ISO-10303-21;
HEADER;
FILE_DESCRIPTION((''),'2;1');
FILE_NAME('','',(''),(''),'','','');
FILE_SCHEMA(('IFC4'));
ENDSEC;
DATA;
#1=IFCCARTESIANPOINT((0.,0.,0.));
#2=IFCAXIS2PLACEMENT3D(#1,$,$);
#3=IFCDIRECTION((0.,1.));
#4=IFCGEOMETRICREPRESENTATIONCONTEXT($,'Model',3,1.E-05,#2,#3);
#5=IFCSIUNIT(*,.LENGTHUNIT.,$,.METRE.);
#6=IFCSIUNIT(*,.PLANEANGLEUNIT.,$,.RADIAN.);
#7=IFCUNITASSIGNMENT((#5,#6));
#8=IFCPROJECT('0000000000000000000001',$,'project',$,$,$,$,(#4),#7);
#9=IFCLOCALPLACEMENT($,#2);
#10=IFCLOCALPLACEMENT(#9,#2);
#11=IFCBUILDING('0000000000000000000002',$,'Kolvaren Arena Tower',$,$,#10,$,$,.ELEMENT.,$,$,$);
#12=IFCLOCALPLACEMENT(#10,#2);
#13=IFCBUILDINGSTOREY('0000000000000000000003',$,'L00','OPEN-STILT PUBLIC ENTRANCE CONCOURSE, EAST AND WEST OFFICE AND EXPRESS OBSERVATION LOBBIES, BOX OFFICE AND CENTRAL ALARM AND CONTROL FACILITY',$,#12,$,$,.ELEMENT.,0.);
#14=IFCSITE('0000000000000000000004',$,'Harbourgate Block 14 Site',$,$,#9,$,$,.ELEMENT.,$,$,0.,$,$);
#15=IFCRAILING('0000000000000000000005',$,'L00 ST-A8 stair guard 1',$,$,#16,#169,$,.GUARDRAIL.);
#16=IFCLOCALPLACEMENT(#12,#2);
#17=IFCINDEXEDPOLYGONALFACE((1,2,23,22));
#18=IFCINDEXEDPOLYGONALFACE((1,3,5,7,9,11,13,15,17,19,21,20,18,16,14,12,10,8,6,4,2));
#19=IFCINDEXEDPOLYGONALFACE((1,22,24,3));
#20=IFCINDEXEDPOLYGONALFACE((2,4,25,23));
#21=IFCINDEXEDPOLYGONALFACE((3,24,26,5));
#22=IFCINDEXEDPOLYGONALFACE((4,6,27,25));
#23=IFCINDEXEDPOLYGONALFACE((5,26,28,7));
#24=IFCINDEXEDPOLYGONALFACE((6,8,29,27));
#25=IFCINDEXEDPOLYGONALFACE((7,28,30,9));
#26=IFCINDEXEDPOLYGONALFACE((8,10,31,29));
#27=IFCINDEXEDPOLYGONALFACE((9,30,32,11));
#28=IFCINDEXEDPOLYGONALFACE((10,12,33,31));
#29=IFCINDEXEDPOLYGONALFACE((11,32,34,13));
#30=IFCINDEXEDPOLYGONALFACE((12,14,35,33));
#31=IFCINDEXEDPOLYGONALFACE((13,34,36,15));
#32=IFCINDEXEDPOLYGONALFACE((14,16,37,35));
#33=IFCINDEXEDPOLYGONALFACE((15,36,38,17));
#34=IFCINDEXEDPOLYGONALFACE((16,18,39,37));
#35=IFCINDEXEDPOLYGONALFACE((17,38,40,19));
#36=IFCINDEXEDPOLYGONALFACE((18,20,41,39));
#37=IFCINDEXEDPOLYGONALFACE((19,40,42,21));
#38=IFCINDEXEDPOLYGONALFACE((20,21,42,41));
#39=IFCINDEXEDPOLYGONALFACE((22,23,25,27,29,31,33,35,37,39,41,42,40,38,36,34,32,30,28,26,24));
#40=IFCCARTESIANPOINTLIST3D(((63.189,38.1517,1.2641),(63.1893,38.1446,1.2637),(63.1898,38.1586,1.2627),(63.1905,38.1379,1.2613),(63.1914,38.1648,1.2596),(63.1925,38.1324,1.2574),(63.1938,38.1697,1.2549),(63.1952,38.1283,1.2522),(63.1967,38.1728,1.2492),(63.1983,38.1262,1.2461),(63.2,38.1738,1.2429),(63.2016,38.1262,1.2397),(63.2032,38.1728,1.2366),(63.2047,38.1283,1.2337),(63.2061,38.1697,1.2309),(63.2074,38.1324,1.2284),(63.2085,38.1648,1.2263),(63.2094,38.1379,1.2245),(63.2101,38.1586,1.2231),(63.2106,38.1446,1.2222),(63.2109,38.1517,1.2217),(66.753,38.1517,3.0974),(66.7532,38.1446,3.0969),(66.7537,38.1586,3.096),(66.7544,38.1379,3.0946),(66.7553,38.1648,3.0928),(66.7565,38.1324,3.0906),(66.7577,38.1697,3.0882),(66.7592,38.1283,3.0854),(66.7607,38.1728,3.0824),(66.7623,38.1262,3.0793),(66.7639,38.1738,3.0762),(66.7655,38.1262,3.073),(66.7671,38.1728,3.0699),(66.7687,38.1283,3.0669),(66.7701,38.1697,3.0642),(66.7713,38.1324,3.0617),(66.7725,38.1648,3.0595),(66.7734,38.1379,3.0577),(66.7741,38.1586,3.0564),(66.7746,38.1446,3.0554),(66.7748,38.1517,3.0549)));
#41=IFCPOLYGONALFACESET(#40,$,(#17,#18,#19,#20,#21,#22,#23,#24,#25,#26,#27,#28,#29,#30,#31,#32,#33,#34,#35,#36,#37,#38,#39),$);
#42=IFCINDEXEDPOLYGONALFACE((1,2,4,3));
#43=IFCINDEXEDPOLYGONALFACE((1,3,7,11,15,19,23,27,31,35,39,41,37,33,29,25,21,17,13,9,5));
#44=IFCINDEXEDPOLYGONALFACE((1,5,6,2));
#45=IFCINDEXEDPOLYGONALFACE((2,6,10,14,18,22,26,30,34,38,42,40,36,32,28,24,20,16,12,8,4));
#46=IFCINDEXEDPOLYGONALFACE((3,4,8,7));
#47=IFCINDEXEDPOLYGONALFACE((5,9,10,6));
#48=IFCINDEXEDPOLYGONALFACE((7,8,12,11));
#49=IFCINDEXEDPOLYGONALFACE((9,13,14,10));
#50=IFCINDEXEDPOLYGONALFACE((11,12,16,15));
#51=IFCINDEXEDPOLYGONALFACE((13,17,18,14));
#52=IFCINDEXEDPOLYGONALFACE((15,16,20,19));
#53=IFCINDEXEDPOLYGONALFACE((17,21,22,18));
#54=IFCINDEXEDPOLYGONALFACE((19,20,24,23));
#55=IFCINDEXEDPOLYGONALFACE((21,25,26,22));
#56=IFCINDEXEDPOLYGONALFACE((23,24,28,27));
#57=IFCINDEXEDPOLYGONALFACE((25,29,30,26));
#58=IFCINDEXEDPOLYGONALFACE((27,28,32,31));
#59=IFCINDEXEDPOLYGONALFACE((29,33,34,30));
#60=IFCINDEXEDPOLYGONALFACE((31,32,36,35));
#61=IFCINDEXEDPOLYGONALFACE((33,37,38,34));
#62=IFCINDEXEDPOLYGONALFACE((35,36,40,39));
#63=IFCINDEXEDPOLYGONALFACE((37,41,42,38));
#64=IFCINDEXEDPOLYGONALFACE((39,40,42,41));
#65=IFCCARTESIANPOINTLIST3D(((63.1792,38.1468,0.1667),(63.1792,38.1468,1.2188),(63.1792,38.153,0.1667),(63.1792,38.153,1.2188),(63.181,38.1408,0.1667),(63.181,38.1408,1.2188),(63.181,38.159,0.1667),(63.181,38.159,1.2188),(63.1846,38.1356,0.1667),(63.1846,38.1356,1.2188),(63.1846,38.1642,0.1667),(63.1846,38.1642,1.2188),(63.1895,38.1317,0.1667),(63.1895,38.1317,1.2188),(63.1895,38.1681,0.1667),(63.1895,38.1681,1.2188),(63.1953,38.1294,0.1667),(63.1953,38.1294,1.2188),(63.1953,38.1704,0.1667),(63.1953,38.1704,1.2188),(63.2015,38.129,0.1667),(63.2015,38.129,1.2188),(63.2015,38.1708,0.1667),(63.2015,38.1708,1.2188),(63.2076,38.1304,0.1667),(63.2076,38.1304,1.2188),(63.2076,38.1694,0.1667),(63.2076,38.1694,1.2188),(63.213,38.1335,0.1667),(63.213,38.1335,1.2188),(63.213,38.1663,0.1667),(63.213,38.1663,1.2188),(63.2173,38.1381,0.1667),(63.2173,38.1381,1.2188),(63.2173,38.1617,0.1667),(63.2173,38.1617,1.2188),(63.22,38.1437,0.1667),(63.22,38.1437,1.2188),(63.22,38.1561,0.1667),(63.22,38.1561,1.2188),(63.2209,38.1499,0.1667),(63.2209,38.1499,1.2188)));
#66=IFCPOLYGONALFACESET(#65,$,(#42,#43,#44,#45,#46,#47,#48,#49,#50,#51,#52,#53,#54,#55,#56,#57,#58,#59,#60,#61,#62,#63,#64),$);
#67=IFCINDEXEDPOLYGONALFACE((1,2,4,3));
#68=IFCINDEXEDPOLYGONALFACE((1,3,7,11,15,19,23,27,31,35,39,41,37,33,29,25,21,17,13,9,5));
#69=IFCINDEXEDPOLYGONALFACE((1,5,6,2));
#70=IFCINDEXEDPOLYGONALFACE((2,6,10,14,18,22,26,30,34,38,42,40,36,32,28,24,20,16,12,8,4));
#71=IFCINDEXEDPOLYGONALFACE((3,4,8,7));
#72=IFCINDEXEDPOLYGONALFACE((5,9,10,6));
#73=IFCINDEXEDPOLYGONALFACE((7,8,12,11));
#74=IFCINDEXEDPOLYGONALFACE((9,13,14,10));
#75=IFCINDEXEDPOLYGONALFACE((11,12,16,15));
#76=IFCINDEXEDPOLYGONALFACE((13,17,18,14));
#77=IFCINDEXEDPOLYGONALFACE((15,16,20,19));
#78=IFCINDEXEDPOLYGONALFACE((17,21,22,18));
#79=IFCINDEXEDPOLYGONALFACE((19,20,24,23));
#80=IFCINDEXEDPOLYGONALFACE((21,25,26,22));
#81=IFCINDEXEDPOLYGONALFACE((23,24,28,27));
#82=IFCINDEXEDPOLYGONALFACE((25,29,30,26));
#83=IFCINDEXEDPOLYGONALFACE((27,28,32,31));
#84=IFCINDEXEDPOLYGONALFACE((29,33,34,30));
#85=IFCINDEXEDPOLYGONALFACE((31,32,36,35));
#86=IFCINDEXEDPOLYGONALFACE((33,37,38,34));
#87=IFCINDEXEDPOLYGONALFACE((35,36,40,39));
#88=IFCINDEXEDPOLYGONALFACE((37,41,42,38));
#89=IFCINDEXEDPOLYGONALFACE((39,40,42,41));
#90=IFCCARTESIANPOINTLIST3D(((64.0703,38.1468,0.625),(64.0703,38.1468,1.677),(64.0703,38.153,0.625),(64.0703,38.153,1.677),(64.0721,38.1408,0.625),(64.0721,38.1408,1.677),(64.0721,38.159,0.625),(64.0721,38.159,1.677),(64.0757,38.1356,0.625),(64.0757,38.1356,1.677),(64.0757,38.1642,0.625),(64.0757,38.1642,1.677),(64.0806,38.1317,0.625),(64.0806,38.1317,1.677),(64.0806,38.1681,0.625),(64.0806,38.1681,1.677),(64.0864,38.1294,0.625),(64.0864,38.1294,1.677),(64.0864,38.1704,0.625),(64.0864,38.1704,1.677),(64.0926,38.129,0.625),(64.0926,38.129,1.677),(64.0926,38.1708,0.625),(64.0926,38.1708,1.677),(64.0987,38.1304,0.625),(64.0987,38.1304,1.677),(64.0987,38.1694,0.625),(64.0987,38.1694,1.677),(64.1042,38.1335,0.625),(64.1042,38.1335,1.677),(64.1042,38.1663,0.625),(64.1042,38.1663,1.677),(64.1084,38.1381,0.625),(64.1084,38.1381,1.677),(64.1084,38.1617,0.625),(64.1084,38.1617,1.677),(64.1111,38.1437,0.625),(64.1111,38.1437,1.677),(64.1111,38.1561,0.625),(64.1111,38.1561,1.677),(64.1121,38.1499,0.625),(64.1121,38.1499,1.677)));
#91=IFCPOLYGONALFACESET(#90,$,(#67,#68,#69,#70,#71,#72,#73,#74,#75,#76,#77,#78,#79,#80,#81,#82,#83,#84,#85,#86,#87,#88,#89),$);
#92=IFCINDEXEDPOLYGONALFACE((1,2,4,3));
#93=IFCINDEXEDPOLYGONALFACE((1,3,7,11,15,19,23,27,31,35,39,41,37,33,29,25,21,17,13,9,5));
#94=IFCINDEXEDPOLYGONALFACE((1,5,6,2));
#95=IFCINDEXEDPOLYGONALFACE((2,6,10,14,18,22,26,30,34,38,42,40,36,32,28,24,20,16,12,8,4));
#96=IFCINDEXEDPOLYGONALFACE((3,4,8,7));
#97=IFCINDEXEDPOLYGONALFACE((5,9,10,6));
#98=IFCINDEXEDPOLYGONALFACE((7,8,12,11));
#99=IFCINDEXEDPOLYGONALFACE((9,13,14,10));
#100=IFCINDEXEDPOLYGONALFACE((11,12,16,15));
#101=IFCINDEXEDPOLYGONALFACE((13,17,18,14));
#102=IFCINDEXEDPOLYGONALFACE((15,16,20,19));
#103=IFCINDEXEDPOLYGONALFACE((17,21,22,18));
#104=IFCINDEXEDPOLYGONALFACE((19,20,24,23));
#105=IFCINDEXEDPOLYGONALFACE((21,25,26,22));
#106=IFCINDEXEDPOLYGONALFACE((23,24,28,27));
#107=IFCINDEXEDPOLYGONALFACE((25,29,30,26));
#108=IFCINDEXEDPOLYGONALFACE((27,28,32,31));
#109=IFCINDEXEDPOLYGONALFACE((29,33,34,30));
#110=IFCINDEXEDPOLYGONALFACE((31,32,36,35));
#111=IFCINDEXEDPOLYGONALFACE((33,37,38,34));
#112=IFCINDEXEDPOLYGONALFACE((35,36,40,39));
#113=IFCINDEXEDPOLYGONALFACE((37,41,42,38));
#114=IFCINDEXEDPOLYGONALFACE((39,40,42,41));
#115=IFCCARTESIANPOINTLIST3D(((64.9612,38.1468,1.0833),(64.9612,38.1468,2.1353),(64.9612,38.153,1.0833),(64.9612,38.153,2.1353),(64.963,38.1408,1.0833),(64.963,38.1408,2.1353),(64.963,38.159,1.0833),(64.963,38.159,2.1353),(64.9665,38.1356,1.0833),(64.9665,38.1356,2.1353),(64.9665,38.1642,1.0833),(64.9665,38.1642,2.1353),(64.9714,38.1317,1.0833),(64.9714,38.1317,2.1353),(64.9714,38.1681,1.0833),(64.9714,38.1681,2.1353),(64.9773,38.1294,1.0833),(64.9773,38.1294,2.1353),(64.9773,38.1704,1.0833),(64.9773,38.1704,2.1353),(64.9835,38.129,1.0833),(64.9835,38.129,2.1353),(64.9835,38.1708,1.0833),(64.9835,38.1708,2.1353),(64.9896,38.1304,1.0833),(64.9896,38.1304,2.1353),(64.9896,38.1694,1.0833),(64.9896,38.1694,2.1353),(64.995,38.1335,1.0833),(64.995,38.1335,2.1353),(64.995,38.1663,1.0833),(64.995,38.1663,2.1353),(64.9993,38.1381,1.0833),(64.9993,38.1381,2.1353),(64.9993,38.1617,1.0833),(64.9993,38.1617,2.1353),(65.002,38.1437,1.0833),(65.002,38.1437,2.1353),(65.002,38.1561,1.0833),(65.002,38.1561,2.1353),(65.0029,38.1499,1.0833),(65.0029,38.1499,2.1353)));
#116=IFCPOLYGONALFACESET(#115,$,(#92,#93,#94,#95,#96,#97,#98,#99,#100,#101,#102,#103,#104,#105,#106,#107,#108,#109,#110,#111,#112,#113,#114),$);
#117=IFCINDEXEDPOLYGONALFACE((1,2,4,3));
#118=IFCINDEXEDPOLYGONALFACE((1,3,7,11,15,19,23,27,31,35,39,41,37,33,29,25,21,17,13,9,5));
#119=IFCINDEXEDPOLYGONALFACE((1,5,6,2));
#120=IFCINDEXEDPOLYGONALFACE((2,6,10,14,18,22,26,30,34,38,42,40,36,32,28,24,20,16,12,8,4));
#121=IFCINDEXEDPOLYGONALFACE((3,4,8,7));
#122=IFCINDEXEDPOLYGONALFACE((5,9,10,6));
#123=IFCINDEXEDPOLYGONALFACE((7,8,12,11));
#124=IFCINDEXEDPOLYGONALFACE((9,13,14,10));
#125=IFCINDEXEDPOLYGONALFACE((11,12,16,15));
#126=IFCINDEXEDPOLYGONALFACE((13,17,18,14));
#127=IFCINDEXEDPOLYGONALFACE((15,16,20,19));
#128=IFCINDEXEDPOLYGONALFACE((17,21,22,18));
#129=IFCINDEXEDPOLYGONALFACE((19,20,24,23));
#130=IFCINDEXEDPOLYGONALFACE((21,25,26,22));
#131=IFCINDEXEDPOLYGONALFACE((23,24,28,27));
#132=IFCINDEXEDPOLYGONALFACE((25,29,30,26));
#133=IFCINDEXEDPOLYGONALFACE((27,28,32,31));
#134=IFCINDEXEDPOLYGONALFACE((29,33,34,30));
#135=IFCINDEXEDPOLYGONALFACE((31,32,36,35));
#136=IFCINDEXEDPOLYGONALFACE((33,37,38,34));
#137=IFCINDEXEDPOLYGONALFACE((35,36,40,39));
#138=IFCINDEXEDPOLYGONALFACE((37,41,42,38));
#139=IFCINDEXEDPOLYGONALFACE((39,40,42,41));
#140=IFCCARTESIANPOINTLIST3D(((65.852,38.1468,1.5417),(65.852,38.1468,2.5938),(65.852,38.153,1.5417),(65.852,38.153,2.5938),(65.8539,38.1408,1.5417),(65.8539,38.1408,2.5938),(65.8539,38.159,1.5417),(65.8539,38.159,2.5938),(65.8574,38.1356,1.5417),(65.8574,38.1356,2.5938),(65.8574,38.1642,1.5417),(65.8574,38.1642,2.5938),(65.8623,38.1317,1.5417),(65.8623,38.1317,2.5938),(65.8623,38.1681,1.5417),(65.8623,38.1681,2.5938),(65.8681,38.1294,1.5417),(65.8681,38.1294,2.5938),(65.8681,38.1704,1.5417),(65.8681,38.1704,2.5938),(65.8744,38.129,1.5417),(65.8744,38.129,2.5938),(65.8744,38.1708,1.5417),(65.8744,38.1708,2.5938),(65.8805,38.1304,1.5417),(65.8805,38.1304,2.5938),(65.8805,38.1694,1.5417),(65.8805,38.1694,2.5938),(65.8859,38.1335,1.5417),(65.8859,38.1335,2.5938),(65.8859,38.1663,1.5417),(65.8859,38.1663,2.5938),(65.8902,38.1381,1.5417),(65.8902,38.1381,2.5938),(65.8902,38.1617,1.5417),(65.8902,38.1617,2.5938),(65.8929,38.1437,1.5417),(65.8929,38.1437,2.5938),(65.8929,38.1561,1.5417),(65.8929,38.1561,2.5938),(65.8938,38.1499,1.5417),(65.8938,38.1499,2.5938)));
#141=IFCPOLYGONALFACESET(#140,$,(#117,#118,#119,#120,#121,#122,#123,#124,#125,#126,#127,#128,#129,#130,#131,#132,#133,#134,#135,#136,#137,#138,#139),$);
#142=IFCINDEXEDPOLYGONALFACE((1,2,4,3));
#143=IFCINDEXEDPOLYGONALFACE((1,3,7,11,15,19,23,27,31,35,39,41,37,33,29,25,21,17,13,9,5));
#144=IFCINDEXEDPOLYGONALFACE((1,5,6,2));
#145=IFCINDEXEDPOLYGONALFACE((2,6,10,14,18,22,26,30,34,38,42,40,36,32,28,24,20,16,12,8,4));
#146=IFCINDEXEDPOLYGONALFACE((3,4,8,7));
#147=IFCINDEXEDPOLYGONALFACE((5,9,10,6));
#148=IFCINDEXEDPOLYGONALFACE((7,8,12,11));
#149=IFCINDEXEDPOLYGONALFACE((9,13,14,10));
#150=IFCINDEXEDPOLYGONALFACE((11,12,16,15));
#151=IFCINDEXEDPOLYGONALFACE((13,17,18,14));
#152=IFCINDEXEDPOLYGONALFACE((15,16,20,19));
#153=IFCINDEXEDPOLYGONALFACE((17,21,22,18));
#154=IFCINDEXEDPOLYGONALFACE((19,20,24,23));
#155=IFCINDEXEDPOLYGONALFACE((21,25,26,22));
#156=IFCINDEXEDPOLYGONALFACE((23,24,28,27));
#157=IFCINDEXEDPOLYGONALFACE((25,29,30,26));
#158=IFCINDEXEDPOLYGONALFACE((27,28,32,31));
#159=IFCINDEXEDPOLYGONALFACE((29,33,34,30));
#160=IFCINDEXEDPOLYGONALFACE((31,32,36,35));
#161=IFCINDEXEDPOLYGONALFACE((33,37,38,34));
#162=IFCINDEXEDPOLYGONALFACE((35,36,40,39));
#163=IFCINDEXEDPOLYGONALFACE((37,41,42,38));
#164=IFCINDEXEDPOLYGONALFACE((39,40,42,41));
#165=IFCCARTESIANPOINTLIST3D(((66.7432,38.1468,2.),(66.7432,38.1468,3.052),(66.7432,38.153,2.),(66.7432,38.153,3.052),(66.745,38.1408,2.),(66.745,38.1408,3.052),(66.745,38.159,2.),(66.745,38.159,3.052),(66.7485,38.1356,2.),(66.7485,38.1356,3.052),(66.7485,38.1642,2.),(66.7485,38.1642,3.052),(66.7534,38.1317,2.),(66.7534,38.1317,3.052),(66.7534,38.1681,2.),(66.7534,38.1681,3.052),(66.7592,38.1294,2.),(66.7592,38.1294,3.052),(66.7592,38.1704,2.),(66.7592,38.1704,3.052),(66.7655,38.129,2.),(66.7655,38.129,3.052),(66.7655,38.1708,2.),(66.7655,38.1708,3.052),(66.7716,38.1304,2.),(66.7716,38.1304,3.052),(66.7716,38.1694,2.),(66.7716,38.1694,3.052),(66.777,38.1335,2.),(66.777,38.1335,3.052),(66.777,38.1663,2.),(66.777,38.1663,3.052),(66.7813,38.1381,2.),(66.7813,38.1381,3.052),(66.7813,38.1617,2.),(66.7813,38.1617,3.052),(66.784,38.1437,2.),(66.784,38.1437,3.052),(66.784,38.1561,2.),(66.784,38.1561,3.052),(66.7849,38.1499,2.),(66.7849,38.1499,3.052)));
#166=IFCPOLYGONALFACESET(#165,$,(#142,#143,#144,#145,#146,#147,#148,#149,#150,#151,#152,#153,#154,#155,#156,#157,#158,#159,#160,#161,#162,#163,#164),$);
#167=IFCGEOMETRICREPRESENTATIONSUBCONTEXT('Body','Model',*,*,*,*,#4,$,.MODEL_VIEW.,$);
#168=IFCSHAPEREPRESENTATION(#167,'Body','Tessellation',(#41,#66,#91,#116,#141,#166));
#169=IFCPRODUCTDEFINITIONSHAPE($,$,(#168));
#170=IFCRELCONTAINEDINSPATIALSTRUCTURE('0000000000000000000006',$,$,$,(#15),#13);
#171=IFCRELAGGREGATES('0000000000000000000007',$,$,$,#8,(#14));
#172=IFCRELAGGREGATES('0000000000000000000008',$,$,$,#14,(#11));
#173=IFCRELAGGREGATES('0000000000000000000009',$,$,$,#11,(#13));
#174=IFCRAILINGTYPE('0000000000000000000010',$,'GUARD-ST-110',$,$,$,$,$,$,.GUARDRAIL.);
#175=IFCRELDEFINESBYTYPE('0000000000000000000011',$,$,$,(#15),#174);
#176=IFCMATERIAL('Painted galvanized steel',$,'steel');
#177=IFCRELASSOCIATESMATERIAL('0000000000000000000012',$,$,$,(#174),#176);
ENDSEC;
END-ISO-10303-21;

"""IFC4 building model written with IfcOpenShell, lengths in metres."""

from ifc_helpers import new_model, si_unit, direction, frame, origin, origin_2d, place, context, subcontext, project, spatial, circle, extrude, material, type_object, element, save


model = new_model("IFC4")

# Units and contexts
model_context = context("Model", 3, precision=1e-05, world=origin(), true_north=direction((0.0, 1.0)))
body_context = subcontext(model_context, "Body", "Model", "MODEL_VIEW")
ifc_project = project(units=[si_unit("LENGTHUNIT", "METRE"), si_unit("PLANEANGLEUNIT", "RADIAN")], contexts=[model_context])

# Site, building, storey
site_placement = place(None, origin())
site = spatial("IfcSite", under=ifc_project, at=site_placement, Name="Harbourgate Block 14 Site", CompositionType="ELEMENT", RefElevation=0.0)
building_placement = place(site_placement, origin())
building = spatial("IfcBuilding", under=site, at=building_placement, Name="Kolvaren Arena Tower", CompositionType="ELEMENT")
storey_placement = place(building_placement, origin())
storey = spatial("IfcBuildingStorey", under=building, at=storey_placement, Name="L00", Description="OPEN-STILT PUBLIC ENTRANCE CONCOURSE, EAST AND WEST OFFICE AND EXPRESS OBSERVATION LOBBIES, BOX OFFICE AND CENTRAL ALARM AND CONTROL FACILITY", CompositionType="ELEMENT", Elevation=0.0)

# Railing
ifc_material_1 = material(Name="Painted galvanized steel", Category="steel")
railing_type_1 = type_object("IfcRailingType", Name="GUARD-ST-110", PredefinedType="GUARDRAIL", material=ifc_material_1)
railing_1_placement = place(storey_placement, frame((63.2, 38.1499, 0.1667)))
element("IfcRailing", 1, at=railing_1_placement, inside=storey, type_object=railing_type_1, Name="L00 ST-A8 stair guard 1", PredefinedType="GUARDRAIL", context=body_context, shape_type="SweptSolid", body=[
    extrude(circle(Radius=0.0239, at=origin_2d()), frame((0.0, 0.0, 1.0762), z_axis=(0.889252, 0.0, 0.457418), x_axis=(0.0, 1.0, 0.0)), (0.0, 0.0, 1.0), 4.0078),
    extrude(circle(Radius=0.021, at=origin_2d()), origin(), (0.0, 0.0, 1.0), 1.052),
    extrude(circle(Radius=0.021, at=origin_2d()), frame((0.8911, 0.0, 0.4583)), (0.0, 0.0, 1.0), 1.052),
    extrude(circle(Radius=0.021, at=origin_2d()), frame((1.782, 0.0, 0.9165)), (0.0, 0.0, 1.0), 1.052),
    extrude(circle(Radius=0.021, at=origin_2d()), frame((2.6729, 0.0, 1.375)), (0.0, 0.0, 1.0), 1.052),
    extrude(circle(Radius=0.021, at=origin_2d()), frame((3.564, 0.0, 1.8333)), (0.0, 0.0, 1.0), 1.052),
])

save(model, "model.ifc")
